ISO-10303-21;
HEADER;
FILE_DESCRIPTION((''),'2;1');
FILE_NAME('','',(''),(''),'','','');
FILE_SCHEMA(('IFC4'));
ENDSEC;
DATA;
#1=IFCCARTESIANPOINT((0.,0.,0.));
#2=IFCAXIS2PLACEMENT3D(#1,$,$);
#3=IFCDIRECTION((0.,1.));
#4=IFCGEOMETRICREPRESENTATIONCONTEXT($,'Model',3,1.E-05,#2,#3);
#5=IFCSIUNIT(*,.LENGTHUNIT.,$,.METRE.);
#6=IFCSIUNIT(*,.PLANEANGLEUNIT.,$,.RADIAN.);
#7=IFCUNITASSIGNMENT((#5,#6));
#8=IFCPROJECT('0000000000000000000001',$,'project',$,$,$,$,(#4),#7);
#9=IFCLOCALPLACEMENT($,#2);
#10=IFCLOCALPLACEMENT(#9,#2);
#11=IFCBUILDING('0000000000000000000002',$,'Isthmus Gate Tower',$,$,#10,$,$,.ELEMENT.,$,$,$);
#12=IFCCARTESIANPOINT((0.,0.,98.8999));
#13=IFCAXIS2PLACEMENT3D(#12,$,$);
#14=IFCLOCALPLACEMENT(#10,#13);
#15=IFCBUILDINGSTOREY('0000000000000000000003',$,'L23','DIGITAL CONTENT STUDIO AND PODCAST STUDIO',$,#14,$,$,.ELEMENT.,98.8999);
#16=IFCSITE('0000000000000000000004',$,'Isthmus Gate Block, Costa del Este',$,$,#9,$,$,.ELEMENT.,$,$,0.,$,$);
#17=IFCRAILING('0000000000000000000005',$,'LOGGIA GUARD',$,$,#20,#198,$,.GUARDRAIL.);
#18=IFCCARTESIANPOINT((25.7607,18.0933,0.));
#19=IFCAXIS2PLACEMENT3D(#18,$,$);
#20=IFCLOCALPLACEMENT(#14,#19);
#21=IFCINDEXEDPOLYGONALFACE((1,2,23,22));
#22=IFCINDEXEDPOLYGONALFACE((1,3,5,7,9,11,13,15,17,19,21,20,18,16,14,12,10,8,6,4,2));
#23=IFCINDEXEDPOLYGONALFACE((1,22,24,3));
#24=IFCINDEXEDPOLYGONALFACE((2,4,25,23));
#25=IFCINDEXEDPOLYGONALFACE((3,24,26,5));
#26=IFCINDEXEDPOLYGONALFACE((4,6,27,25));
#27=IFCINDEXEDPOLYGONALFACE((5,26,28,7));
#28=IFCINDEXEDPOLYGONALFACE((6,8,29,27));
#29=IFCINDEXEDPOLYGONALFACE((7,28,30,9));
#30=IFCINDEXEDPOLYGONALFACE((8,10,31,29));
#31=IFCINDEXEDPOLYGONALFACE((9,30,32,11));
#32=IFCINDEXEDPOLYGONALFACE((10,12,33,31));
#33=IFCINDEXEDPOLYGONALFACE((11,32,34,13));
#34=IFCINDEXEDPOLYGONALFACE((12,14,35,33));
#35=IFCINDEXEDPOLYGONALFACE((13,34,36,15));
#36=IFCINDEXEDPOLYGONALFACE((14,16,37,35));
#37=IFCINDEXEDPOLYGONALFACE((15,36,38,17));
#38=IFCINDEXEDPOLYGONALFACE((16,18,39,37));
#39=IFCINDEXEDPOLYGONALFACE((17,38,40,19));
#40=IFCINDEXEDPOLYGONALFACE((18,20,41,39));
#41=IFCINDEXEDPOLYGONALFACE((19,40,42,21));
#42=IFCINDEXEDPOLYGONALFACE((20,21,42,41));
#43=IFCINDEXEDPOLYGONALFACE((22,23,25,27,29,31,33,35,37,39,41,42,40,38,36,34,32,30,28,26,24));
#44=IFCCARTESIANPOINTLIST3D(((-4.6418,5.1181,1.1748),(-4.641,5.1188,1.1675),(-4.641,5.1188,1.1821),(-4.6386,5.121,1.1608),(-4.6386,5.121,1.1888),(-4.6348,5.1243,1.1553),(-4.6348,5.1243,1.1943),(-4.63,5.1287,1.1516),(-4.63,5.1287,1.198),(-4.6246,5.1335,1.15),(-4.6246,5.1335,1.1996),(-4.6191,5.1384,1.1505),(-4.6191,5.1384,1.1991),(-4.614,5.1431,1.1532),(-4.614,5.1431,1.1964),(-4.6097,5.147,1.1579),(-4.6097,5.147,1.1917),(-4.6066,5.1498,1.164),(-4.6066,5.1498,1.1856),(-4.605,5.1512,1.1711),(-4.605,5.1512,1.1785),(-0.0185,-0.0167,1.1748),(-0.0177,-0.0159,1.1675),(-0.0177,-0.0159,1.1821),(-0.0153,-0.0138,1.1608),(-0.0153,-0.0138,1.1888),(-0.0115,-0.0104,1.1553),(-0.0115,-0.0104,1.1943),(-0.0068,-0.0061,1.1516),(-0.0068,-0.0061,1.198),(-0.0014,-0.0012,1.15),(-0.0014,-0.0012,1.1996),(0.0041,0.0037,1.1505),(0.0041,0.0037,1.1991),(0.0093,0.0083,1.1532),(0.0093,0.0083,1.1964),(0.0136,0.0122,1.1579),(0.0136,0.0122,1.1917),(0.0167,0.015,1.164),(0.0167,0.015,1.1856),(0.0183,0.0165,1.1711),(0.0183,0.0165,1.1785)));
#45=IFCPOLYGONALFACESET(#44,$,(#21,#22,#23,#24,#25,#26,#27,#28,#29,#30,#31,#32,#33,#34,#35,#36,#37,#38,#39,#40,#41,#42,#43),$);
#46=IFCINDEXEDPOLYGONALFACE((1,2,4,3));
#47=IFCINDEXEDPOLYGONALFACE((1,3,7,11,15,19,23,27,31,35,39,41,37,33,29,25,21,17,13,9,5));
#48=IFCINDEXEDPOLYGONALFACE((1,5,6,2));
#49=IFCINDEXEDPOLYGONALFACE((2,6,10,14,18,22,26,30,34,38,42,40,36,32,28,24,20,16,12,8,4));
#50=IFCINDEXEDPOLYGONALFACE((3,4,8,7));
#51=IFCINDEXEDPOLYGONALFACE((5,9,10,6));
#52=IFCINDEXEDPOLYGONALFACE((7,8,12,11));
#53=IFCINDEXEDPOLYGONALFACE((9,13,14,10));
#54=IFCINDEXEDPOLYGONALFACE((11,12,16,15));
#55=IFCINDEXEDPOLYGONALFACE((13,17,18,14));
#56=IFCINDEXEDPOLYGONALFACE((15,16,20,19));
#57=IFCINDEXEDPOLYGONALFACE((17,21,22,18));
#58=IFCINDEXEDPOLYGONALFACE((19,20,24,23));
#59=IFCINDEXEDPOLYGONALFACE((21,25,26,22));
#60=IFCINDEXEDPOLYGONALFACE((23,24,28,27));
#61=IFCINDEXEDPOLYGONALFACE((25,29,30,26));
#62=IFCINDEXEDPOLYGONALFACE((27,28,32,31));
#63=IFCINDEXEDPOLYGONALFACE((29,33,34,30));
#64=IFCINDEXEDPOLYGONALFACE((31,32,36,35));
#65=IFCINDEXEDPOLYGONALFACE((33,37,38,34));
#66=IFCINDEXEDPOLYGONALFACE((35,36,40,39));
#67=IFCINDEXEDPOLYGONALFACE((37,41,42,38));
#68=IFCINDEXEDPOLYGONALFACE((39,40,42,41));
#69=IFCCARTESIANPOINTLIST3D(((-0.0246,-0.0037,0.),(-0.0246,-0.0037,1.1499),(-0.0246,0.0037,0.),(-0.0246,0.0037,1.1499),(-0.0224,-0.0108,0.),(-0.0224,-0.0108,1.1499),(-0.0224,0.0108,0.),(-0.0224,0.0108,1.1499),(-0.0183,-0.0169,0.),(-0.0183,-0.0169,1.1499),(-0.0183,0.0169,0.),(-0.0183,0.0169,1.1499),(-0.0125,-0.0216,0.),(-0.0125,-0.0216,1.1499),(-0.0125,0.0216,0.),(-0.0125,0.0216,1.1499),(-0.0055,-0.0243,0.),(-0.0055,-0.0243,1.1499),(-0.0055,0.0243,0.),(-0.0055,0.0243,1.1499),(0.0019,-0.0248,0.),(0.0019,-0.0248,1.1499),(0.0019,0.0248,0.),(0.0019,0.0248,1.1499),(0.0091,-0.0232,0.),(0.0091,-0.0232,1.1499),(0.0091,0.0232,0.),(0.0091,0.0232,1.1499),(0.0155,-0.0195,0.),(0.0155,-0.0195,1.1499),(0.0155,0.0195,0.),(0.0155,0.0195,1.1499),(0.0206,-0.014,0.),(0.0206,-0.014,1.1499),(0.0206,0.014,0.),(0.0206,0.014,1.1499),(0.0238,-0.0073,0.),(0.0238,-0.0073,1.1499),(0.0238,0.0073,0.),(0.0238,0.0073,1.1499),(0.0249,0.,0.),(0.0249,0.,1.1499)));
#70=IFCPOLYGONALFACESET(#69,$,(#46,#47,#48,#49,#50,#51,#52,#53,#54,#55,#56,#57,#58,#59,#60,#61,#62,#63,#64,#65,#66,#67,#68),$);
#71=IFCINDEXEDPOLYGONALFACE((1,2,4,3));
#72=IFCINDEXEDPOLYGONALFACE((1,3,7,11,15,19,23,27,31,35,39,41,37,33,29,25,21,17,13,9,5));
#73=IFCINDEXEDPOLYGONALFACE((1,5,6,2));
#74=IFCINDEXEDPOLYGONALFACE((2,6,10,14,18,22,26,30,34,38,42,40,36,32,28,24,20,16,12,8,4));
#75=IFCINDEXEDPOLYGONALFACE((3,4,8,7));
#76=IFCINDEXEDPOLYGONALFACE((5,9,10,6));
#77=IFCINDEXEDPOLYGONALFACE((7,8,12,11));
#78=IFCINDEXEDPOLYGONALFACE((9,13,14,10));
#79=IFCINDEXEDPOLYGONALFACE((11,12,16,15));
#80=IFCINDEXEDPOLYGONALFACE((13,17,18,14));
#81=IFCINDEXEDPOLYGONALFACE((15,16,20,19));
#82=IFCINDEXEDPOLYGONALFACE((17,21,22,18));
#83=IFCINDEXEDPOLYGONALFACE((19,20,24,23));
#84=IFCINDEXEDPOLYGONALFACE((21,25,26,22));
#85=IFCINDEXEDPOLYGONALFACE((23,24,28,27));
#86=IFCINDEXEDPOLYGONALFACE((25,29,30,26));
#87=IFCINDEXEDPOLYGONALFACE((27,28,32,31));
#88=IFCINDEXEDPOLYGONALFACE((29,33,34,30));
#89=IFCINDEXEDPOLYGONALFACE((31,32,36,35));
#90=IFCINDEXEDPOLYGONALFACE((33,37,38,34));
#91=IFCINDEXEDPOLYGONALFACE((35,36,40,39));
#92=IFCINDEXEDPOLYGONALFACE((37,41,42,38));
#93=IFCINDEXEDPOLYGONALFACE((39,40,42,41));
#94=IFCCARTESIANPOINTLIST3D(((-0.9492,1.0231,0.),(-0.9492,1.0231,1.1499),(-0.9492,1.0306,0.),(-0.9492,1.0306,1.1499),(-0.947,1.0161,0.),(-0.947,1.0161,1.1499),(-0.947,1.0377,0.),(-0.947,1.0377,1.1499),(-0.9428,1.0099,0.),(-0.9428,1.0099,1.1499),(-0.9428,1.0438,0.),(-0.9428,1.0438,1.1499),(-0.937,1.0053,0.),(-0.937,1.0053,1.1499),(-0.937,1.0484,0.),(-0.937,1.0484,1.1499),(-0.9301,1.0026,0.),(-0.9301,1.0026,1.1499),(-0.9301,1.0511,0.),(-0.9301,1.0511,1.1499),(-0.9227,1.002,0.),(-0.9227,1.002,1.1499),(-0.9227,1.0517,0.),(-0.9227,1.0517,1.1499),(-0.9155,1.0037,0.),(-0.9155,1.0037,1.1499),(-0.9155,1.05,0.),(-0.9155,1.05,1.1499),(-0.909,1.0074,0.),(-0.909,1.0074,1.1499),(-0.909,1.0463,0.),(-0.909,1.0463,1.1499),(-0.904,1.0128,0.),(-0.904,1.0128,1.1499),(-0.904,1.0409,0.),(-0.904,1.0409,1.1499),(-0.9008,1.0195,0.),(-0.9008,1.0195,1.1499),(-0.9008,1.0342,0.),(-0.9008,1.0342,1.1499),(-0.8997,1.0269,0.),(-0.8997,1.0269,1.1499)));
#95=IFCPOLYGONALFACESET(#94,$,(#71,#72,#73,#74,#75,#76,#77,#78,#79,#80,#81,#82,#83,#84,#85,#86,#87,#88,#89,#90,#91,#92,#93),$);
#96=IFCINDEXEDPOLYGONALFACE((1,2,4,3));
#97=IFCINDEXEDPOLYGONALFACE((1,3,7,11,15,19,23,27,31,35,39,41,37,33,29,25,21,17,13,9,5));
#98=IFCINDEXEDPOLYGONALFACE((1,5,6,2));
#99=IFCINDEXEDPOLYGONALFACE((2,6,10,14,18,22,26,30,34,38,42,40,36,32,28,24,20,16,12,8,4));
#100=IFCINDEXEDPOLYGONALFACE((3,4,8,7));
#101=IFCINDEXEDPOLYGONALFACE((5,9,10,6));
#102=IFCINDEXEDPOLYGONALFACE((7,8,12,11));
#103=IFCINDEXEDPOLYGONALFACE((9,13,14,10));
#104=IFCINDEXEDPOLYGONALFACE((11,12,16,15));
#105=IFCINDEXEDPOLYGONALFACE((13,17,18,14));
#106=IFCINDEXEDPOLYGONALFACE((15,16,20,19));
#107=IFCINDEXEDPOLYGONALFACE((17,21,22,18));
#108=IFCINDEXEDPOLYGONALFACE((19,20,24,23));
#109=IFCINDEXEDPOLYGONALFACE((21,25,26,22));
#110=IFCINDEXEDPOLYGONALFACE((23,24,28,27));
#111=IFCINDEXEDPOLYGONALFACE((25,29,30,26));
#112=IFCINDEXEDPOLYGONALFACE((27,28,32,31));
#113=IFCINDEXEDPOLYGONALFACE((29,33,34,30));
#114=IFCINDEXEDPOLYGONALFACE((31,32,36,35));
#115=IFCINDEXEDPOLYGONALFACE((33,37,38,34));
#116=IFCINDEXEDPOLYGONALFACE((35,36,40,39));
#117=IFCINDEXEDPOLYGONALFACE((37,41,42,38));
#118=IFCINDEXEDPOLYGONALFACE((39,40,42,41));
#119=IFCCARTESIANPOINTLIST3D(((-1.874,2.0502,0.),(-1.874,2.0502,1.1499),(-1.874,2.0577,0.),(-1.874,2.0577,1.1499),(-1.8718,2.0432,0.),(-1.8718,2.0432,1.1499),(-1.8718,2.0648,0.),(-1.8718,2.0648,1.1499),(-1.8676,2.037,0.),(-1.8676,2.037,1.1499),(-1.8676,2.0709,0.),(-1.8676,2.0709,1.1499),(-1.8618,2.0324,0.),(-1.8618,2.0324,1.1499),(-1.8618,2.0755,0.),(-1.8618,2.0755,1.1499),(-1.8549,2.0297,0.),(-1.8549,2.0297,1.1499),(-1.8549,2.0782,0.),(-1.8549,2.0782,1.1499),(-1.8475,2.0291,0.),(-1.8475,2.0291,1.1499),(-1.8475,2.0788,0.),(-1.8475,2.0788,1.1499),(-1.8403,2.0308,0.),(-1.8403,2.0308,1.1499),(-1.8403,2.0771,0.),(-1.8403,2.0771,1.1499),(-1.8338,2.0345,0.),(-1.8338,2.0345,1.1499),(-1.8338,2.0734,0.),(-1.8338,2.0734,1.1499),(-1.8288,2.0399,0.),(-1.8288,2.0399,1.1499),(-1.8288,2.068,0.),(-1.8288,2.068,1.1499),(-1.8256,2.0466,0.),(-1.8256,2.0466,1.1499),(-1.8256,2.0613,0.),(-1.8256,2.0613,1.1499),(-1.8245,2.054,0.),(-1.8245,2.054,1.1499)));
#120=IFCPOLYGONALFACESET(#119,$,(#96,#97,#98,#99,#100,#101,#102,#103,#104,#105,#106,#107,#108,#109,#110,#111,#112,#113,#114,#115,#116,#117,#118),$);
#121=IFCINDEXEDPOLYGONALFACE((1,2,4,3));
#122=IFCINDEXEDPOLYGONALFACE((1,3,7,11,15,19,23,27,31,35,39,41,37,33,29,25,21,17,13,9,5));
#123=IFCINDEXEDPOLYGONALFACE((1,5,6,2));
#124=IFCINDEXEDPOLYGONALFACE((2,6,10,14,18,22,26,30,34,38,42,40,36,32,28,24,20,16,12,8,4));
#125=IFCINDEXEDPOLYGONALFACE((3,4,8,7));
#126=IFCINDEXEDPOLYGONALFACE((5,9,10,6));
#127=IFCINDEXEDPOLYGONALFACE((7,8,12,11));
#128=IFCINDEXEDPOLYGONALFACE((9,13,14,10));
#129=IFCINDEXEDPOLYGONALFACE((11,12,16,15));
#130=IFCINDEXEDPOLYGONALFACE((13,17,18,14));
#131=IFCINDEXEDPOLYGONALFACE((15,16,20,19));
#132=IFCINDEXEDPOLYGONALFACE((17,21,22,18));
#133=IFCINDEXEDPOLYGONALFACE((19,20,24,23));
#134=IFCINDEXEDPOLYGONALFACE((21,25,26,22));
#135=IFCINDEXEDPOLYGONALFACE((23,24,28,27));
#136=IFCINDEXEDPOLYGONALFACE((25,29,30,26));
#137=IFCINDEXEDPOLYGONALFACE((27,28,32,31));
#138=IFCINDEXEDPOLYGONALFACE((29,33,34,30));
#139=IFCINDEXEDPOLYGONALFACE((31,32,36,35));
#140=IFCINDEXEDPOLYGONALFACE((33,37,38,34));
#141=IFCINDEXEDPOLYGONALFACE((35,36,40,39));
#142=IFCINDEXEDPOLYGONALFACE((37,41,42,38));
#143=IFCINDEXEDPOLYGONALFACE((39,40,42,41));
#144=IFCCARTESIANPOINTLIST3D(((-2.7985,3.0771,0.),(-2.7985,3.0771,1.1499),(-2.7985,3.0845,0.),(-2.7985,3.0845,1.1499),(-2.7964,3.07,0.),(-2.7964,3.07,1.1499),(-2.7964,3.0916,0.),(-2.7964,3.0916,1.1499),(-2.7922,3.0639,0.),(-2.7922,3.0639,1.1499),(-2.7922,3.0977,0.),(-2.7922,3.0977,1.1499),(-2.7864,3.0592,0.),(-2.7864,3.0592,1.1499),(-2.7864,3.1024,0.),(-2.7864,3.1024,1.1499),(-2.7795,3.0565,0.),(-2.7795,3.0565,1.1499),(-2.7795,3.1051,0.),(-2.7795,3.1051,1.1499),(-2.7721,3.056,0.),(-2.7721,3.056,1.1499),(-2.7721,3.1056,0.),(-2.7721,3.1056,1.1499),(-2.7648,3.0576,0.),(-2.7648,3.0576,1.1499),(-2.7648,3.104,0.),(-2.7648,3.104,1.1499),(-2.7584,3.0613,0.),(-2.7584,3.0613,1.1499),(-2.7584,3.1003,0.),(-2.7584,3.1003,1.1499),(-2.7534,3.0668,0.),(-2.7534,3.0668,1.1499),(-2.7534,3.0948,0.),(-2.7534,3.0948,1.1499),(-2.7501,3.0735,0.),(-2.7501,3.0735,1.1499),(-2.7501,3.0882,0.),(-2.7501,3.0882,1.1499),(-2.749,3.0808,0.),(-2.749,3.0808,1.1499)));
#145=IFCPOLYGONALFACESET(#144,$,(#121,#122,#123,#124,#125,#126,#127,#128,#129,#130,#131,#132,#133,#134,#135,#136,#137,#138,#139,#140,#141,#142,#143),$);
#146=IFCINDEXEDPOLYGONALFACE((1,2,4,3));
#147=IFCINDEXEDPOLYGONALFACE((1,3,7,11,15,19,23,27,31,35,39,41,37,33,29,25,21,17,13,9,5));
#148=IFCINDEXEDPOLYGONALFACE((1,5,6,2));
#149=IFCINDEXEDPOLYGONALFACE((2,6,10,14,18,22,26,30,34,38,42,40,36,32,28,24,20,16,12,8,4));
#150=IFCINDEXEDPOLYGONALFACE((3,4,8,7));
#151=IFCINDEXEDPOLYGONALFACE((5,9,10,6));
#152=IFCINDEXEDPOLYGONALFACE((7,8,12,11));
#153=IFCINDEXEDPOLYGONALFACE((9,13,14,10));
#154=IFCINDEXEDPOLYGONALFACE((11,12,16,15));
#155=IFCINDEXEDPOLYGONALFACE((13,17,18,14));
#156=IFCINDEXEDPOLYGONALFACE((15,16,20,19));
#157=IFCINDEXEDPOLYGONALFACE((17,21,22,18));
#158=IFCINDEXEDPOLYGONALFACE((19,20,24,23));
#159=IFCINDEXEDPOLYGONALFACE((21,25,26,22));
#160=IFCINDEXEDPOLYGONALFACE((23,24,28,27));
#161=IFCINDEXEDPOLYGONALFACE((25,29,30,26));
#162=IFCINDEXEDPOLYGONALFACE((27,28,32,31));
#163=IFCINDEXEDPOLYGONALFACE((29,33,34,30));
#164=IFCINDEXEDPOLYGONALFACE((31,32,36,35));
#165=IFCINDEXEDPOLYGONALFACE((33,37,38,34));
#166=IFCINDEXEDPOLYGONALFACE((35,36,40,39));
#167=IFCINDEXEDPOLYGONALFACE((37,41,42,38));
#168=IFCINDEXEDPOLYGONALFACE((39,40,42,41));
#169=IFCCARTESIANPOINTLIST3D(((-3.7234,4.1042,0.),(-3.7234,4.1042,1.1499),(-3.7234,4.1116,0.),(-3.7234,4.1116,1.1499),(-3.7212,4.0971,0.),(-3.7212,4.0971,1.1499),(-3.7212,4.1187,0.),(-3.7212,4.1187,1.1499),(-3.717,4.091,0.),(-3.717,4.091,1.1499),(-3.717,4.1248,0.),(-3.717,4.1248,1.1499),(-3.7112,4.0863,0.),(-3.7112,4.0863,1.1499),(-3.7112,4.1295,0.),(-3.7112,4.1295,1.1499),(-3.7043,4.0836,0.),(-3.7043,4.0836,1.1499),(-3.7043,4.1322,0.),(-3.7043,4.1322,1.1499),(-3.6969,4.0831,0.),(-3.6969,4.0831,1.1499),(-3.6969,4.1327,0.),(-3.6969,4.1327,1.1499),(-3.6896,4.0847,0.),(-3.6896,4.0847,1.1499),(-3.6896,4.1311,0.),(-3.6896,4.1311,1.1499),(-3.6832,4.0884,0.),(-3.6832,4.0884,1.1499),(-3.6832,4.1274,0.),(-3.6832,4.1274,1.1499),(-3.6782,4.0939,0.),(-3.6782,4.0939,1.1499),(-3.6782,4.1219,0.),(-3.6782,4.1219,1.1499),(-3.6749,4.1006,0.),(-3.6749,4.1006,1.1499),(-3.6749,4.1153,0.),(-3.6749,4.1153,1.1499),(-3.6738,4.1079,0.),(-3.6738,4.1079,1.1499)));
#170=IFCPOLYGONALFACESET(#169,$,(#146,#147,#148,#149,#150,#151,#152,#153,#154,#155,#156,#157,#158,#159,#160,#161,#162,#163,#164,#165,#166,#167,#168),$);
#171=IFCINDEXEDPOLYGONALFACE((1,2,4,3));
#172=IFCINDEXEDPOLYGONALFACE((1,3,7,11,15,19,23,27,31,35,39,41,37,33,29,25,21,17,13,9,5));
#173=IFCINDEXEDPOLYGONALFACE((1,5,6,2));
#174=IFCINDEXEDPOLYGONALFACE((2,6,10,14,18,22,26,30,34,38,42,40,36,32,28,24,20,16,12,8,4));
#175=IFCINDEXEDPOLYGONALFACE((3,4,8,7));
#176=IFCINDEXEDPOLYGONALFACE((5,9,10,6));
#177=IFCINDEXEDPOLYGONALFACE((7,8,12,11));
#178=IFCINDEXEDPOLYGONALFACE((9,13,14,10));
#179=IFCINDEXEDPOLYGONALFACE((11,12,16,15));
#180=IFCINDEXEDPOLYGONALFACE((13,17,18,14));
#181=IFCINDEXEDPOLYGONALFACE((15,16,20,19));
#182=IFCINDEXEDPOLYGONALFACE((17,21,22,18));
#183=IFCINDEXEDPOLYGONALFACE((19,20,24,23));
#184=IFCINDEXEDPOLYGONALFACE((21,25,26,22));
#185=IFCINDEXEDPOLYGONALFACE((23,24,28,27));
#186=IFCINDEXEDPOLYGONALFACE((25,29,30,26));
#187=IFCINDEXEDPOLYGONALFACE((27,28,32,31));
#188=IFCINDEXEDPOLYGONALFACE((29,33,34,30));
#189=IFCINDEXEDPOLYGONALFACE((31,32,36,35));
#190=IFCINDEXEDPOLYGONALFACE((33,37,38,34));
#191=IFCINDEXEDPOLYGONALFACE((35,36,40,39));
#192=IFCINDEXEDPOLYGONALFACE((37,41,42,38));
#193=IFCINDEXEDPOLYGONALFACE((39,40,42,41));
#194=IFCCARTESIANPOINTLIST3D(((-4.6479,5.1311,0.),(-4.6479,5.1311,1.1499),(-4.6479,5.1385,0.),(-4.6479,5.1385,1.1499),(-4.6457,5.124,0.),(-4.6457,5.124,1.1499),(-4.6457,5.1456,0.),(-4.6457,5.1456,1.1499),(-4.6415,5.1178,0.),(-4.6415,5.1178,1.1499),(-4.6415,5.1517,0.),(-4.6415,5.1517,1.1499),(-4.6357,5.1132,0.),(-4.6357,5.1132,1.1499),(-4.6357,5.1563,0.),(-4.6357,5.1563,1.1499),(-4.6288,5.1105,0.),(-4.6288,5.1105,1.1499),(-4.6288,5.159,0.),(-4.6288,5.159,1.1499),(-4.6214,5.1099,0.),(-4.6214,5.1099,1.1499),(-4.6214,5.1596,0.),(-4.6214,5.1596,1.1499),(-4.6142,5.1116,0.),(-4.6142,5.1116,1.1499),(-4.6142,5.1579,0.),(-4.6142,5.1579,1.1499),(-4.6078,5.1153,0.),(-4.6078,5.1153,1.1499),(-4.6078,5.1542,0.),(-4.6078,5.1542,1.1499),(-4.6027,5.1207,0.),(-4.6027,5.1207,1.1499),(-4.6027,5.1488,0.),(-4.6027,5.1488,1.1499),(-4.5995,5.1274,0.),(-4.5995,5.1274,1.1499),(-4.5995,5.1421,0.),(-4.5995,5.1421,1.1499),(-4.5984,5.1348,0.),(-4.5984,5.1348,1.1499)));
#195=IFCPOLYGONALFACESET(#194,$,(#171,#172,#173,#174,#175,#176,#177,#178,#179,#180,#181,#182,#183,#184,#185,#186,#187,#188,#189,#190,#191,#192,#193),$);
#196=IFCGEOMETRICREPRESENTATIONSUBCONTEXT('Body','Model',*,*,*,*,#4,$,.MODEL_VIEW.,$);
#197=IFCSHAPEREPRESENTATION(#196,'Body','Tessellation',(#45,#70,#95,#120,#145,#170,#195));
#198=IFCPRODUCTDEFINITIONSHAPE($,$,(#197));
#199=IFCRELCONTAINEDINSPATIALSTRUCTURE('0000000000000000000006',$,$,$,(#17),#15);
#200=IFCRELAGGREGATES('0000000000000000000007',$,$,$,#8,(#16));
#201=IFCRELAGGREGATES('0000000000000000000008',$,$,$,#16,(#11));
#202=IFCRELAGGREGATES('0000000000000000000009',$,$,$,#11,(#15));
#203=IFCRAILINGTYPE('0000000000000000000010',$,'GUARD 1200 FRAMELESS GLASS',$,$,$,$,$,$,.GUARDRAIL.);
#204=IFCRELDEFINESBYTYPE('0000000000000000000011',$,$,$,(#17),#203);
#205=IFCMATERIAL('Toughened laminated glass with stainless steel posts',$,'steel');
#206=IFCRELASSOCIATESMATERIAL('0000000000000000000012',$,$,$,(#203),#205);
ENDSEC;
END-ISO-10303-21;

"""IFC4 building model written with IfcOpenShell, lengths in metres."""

from ifc_helpers import new_model, si_unit, direction, frame, origin, origin_2d, place, context, subcontext, project, spatial, circle, extrude, material, type_object, element, save


model = new_model("IFC4")

# Units and contexts
model_context = context("Model", 3, precision=1e-05, world=origin(), true_north=direction((0.0, 1.0)))
body_context = subcontext(model_context, "Body", "Model", "MODEL_VIEW")
ifc_project = project(units=[si_unit("LENGTHUNIT", "METRE"), si_unit("PLANEANGLEUNIT", "RADIAN")], contexts=[model_context])

# Site, building, storey
site_placement = place(None, origin())
site = spatial("IfcSite", under=ifc_project, at=site_placement, Name="Isthmus Gate Block, Costa del Este", CompositionType="ELEMENT", RefElevation=0.0)
building_placement = place(site_placement, origin())
building = spatial("IfcBuilding", under=site, at=building_placement, Name="Isthmus Gate Tower", CompositionType="ELEMENT")
storey_placement = place(building_placement, frame((0.0, 0.0, 98.8999)))
storey = spatial("IfcBuildingStorey", under=building, at=storey_placement, Name="L23", Description="DIGITAL CONTENT STUDIO AND PODCAST STUDIO", CompositionType="ELEMENT", Elevation=98.8999)

# Railing
ifc_material_1 = material(Name="Toughened laminated glass with stainless steel posts", Category="steel")
railing_type = type_object("IfcRailingType", Name="GUARD 1200 FRAMELESS GLASS", PredefinedType="GUARDRAIL", material=ifc_material_1)
railing_placement = place(storey_placement, frame((25.7607, 18.0933, 0.0)))
element("IfcRailing", 1, at=railing_placement, inside=storey, type_object=railing_type, Name="LOGGIA GUARD", PredefinedType="GUARDRAIL", context=body_context, shape_type="SweptSolid", body=[
    extrude(circle(Radius=0.0249, at=origin_2d()), frame((0.0, 0.0, 1.1748), z_axis=(-0.669125, 0.74315, 0.0), x_axis=(-0.74315, -0.669125, 0.0)), (0.0, 0.0, 1.0), 6.9094),
    extrude(circle(Radius=0.0249, at=origin_2d()), origin(), (0.0, 0.0, 1.0), 1.1499),
    extrude(circle(Radius=0.0249, at=origin_2d()), frame((-0.9246, 1.0269, 0.0)), (0.0, 0.0, 1.0), 1.1499),
    extrude(circle(Radius=0.0249, at=origin_2d()), frame((-1.8494, 2.054, 0.0)), (0.0, 0.0, 1.0), 1.1499),
    extrude(circle(Radius=0.0249, at=origin_2d()), frame((-2.7739, 3.0808, 0.0)), (0.0, 0.0, 1.0), 1.1499),
    extrude(circle(Radius=0.0249, at=origin_2d()), frame((-3.6987, 4.1079, 0.0)), (0.0, 0.0, 1.0), 1.1499),
    extrude(circle(Radius=0.0249, at=origin_2d()), frame((-4.6233, 5.1348, 0.0)), (0.0, 0.0, 1.0), 1.1499),
])

save(model, "model.ifc")
